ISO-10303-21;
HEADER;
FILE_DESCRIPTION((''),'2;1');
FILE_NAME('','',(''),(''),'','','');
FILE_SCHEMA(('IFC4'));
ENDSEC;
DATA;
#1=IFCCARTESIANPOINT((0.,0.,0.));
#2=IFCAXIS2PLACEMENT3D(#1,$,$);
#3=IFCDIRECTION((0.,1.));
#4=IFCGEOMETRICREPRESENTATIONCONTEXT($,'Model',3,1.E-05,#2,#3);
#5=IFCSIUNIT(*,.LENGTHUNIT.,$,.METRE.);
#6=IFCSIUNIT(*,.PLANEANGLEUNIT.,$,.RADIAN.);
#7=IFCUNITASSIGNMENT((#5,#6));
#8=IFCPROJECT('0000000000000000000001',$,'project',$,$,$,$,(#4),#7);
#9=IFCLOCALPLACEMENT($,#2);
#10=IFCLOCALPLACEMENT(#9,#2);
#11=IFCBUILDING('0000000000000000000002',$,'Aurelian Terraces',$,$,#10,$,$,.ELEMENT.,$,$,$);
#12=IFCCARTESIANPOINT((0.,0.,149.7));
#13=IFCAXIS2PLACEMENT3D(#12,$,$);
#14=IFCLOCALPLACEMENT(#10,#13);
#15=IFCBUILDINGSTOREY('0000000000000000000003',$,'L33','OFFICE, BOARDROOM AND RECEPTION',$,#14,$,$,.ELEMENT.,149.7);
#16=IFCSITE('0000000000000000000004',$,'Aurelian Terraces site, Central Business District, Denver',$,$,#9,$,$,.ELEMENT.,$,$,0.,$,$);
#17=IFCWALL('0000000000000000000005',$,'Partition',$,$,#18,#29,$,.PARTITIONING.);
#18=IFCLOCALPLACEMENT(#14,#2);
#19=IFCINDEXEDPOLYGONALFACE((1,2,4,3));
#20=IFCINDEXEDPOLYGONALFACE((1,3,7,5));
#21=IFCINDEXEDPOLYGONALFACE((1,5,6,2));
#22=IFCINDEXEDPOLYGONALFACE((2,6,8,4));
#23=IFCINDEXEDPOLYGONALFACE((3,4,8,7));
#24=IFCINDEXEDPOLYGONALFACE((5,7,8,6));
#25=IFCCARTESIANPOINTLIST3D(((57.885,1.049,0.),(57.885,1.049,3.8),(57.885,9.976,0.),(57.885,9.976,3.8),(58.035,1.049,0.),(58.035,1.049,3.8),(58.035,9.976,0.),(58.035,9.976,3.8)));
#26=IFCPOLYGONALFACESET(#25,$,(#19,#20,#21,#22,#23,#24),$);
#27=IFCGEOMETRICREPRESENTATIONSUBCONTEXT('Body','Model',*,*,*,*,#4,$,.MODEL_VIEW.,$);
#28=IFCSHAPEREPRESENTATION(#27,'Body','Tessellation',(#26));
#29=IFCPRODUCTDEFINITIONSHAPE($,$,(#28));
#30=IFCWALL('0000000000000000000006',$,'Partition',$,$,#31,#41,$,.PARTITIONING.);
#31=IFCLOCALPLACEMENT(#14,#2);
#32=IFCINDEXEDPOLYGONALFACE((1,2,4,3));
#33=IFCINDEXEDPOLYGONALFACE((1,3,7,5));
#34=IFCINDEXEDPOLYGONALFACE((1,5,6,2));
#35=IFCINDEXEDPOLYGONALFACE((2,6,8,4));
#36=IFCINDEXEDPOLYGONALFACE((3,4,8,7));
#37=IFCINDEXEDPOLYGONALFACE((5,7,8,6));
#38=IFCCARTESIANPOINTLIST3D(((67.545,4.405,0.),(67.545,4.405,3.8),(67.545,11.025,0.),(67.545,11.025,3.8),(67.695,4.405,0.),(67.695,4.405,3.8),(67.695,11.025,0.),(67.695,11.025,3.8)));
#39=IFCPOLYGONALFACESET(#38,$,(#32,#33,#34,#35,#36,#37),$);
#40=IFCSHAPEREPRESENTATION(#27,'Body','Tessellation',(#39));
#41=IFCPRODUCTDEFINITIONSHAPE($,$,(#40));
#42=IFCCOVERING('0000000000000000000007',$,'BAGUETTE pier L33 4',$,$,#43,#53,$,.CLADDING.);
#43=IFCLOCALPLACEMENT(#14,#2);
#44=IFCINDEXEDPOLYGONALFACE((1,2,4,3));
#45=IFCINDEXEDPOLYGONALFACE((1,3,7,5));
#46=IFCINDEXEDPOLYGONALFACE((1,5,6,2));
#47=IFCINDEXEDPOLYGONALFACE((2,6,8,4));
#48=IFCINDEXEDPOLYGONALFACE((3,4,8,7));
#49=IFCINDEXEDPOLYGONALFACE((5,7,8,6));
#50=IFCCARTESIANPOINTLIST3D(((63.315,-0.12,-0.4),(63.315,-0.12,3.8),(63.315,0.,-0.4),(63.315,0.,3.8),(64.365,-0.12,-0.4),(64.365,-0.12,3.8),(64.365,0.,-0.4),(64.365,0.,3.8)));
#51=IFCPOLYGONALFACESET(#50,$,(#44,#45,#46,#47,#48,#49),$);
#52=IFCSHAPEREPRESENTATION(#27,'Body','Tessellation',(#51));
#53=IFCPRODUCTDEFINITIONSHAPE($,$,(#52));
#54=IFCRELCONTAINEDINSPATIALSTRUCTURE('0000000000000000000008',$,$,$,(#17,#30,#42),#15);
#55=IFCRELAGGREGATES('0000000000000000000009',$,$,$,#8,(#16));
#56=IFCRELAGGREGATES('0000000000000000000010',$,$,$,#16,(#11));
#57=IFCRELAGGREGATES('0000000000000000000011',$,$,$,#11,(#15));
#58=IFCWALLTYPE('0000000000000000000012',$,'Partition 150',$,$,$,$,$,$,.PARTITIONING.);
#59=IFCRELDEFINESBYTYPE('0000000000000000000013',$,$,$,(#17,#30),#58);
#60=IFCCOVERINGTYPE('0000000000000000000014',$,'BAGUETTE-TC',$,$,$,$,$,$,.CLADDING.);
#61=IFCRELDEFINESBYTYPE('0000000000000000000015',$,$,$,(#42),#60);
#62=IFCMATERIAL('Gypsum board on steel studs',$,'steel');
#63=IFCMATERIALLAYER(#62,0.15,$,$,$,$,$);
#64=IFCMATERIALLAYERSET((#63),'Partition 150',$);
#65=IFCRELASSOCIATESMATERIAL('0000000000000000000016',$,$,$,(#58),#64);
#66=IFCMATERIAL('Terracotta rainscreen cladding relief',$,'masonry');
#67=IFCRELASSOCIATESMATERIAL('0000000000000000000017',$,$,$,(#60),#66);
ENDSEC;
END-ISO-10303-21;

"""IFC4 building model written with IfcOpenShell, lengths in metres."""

from ifc_helpers import new_model, si_unit, direction, frame, frame_2d, origin, origin_2d, place, context, subcontext, project, spatial, rectangle, extrude, source, transform, mapped, material, layer, layer_set, type_object, element, save


model = new_model("IFC4")

# Units and contexts
model_context = context("Model", 3, precision=1e-05, world=origin(), true_north=direction((0.0, 1.0)))
body_context = subcontext(model_context, "Body", "Model", "MODEL_VIEW")
ifc_project = project(units=[si_unit("LENGTHUNIT", "METRE"), si_unit("PLANEANGLEUNIT", "RADIAN")], contexts=[model_context])

# Site, building, storey
site_placement = place(None, origin())
site = spatial("IfcSite", under=ifc_project, at=site_placement, Name="Aurelian Terraces site, Central Business District, Denver", CompositionType="ELEMENT", RefElevation=0.0)
building_placement = place(site_placement, origin())
building = spatial("IfcBuilding", under=site, at=building_placement, Name="Aurelian Terraces", CompositionType="ELEMENT")
storey_placement = place(building_placement, frame((0.0, 0.0, 149.7)))
storey = spatial("IfcBuildingStorey", under=building, at=storey_placement, Name="L33", Description="OFFICE, BOARDROOM AND RECEPTION", CompositionType="ELEMENT", Elevation=149.7)

# Walls
ifc_material_1 = material(Name="Gypsum board on steel studs", Category="steel")
ifc_layer_1 = layer(ifc_material_1, 0.15)
ifc_layer_set_1 = layer_set([ifc_layer_1], Name="Partition 150")
wall_type_1 = type_object("IfcWallType", Name="Partition 150", PredefinedType="PARTITIONING", material=ifc_layer_set_1)
shared_shape_1 = source(origin(), body_context, "Body", "SweptSolid", [
    extrude(rectangle(XDim=8.927, YDim=0.15, at=frame_2d((4.4635, 0.0))), origin(), (0.0, 0.0, 1.0), 3.8),
])
wall_1_placement = place(storey_placement, frame((57.96, 1.049, 0.0), z_axis=(0.0, 0.0, 1.0), x_axis=(0.0, 1.0, 0.0)))
element("IfcWall", 1, at=wall_1_placement, inside=storey, type_object=wall_type_1, Name="Partition", PredefinedType="PARTITIONING", context=body_context, shape_type="MappedRepresentation", body=[
    mapped(shared_shape_1, transform((0.0, 0.0, 0.0), scale=1.0)),
])
shared_shape_2 = source(origin(), body_context, "Body", "SweptSolid", [
    extrude(rectangle(XDim=6.62, YDim=0.15, at=frame_2d((3.31, 0.0))), origin(), (0.0, 0.0, 1.0), 3.8),
])
wall_2_placement = place(storey_placement, frame((67.62, 4.405, 0.0), z_axis=(0.0, 0.0, 1.0), x_axis=(0.0, 1.0, 0.0)))
element("IfcWall", 2, at=wall_2_placement, inside=storey, type_object=wall_type_1, Name="Partition", PredefinedType="PARTITIONING", context=body_context, shape_type="MappedRepresentation", body=[
    mapped(shared_shape_2, transform((0.0, 0.0, 0.0), scale=1.0)),
])

# Covering
ifc_material_2 = material(Name="Terracotta rainscreen cladding relief", Category="masonry")
covering_type = type_object("IfcCoveringType", Name="BAGUETTE-TC", PredefinedType="CLADDING", material=ifc_material_2)
shared_shape_3 = source(origin(), body_context, "Body", "SweptSolid", [
    extrude(rectangle(XDim=1.05, YDim=0.12, at=origin_2d()), origin(), (0.0, 0.0, 1.0), 4.2),
])
covering_placement = place(storey_placement, frame((63.84, -0.06, -0.4), z_axis=(0.0, 0.0, 1.0), x_axis=(1.0, 0.0, 0.0)))
element("IfcCovering", 3, at=covering_placement, inside=storey, type_object=covering_type, Name="BAGUETTE pier L33 4", PredefinedType="CLADDING", context=body_context, shape_type="MappedRepresentation", body=[
    mapped(shared_shape_3, transform((0.0, 0.0, 0.0), scale=1.0)),
])

save(model, "model.ifc")
